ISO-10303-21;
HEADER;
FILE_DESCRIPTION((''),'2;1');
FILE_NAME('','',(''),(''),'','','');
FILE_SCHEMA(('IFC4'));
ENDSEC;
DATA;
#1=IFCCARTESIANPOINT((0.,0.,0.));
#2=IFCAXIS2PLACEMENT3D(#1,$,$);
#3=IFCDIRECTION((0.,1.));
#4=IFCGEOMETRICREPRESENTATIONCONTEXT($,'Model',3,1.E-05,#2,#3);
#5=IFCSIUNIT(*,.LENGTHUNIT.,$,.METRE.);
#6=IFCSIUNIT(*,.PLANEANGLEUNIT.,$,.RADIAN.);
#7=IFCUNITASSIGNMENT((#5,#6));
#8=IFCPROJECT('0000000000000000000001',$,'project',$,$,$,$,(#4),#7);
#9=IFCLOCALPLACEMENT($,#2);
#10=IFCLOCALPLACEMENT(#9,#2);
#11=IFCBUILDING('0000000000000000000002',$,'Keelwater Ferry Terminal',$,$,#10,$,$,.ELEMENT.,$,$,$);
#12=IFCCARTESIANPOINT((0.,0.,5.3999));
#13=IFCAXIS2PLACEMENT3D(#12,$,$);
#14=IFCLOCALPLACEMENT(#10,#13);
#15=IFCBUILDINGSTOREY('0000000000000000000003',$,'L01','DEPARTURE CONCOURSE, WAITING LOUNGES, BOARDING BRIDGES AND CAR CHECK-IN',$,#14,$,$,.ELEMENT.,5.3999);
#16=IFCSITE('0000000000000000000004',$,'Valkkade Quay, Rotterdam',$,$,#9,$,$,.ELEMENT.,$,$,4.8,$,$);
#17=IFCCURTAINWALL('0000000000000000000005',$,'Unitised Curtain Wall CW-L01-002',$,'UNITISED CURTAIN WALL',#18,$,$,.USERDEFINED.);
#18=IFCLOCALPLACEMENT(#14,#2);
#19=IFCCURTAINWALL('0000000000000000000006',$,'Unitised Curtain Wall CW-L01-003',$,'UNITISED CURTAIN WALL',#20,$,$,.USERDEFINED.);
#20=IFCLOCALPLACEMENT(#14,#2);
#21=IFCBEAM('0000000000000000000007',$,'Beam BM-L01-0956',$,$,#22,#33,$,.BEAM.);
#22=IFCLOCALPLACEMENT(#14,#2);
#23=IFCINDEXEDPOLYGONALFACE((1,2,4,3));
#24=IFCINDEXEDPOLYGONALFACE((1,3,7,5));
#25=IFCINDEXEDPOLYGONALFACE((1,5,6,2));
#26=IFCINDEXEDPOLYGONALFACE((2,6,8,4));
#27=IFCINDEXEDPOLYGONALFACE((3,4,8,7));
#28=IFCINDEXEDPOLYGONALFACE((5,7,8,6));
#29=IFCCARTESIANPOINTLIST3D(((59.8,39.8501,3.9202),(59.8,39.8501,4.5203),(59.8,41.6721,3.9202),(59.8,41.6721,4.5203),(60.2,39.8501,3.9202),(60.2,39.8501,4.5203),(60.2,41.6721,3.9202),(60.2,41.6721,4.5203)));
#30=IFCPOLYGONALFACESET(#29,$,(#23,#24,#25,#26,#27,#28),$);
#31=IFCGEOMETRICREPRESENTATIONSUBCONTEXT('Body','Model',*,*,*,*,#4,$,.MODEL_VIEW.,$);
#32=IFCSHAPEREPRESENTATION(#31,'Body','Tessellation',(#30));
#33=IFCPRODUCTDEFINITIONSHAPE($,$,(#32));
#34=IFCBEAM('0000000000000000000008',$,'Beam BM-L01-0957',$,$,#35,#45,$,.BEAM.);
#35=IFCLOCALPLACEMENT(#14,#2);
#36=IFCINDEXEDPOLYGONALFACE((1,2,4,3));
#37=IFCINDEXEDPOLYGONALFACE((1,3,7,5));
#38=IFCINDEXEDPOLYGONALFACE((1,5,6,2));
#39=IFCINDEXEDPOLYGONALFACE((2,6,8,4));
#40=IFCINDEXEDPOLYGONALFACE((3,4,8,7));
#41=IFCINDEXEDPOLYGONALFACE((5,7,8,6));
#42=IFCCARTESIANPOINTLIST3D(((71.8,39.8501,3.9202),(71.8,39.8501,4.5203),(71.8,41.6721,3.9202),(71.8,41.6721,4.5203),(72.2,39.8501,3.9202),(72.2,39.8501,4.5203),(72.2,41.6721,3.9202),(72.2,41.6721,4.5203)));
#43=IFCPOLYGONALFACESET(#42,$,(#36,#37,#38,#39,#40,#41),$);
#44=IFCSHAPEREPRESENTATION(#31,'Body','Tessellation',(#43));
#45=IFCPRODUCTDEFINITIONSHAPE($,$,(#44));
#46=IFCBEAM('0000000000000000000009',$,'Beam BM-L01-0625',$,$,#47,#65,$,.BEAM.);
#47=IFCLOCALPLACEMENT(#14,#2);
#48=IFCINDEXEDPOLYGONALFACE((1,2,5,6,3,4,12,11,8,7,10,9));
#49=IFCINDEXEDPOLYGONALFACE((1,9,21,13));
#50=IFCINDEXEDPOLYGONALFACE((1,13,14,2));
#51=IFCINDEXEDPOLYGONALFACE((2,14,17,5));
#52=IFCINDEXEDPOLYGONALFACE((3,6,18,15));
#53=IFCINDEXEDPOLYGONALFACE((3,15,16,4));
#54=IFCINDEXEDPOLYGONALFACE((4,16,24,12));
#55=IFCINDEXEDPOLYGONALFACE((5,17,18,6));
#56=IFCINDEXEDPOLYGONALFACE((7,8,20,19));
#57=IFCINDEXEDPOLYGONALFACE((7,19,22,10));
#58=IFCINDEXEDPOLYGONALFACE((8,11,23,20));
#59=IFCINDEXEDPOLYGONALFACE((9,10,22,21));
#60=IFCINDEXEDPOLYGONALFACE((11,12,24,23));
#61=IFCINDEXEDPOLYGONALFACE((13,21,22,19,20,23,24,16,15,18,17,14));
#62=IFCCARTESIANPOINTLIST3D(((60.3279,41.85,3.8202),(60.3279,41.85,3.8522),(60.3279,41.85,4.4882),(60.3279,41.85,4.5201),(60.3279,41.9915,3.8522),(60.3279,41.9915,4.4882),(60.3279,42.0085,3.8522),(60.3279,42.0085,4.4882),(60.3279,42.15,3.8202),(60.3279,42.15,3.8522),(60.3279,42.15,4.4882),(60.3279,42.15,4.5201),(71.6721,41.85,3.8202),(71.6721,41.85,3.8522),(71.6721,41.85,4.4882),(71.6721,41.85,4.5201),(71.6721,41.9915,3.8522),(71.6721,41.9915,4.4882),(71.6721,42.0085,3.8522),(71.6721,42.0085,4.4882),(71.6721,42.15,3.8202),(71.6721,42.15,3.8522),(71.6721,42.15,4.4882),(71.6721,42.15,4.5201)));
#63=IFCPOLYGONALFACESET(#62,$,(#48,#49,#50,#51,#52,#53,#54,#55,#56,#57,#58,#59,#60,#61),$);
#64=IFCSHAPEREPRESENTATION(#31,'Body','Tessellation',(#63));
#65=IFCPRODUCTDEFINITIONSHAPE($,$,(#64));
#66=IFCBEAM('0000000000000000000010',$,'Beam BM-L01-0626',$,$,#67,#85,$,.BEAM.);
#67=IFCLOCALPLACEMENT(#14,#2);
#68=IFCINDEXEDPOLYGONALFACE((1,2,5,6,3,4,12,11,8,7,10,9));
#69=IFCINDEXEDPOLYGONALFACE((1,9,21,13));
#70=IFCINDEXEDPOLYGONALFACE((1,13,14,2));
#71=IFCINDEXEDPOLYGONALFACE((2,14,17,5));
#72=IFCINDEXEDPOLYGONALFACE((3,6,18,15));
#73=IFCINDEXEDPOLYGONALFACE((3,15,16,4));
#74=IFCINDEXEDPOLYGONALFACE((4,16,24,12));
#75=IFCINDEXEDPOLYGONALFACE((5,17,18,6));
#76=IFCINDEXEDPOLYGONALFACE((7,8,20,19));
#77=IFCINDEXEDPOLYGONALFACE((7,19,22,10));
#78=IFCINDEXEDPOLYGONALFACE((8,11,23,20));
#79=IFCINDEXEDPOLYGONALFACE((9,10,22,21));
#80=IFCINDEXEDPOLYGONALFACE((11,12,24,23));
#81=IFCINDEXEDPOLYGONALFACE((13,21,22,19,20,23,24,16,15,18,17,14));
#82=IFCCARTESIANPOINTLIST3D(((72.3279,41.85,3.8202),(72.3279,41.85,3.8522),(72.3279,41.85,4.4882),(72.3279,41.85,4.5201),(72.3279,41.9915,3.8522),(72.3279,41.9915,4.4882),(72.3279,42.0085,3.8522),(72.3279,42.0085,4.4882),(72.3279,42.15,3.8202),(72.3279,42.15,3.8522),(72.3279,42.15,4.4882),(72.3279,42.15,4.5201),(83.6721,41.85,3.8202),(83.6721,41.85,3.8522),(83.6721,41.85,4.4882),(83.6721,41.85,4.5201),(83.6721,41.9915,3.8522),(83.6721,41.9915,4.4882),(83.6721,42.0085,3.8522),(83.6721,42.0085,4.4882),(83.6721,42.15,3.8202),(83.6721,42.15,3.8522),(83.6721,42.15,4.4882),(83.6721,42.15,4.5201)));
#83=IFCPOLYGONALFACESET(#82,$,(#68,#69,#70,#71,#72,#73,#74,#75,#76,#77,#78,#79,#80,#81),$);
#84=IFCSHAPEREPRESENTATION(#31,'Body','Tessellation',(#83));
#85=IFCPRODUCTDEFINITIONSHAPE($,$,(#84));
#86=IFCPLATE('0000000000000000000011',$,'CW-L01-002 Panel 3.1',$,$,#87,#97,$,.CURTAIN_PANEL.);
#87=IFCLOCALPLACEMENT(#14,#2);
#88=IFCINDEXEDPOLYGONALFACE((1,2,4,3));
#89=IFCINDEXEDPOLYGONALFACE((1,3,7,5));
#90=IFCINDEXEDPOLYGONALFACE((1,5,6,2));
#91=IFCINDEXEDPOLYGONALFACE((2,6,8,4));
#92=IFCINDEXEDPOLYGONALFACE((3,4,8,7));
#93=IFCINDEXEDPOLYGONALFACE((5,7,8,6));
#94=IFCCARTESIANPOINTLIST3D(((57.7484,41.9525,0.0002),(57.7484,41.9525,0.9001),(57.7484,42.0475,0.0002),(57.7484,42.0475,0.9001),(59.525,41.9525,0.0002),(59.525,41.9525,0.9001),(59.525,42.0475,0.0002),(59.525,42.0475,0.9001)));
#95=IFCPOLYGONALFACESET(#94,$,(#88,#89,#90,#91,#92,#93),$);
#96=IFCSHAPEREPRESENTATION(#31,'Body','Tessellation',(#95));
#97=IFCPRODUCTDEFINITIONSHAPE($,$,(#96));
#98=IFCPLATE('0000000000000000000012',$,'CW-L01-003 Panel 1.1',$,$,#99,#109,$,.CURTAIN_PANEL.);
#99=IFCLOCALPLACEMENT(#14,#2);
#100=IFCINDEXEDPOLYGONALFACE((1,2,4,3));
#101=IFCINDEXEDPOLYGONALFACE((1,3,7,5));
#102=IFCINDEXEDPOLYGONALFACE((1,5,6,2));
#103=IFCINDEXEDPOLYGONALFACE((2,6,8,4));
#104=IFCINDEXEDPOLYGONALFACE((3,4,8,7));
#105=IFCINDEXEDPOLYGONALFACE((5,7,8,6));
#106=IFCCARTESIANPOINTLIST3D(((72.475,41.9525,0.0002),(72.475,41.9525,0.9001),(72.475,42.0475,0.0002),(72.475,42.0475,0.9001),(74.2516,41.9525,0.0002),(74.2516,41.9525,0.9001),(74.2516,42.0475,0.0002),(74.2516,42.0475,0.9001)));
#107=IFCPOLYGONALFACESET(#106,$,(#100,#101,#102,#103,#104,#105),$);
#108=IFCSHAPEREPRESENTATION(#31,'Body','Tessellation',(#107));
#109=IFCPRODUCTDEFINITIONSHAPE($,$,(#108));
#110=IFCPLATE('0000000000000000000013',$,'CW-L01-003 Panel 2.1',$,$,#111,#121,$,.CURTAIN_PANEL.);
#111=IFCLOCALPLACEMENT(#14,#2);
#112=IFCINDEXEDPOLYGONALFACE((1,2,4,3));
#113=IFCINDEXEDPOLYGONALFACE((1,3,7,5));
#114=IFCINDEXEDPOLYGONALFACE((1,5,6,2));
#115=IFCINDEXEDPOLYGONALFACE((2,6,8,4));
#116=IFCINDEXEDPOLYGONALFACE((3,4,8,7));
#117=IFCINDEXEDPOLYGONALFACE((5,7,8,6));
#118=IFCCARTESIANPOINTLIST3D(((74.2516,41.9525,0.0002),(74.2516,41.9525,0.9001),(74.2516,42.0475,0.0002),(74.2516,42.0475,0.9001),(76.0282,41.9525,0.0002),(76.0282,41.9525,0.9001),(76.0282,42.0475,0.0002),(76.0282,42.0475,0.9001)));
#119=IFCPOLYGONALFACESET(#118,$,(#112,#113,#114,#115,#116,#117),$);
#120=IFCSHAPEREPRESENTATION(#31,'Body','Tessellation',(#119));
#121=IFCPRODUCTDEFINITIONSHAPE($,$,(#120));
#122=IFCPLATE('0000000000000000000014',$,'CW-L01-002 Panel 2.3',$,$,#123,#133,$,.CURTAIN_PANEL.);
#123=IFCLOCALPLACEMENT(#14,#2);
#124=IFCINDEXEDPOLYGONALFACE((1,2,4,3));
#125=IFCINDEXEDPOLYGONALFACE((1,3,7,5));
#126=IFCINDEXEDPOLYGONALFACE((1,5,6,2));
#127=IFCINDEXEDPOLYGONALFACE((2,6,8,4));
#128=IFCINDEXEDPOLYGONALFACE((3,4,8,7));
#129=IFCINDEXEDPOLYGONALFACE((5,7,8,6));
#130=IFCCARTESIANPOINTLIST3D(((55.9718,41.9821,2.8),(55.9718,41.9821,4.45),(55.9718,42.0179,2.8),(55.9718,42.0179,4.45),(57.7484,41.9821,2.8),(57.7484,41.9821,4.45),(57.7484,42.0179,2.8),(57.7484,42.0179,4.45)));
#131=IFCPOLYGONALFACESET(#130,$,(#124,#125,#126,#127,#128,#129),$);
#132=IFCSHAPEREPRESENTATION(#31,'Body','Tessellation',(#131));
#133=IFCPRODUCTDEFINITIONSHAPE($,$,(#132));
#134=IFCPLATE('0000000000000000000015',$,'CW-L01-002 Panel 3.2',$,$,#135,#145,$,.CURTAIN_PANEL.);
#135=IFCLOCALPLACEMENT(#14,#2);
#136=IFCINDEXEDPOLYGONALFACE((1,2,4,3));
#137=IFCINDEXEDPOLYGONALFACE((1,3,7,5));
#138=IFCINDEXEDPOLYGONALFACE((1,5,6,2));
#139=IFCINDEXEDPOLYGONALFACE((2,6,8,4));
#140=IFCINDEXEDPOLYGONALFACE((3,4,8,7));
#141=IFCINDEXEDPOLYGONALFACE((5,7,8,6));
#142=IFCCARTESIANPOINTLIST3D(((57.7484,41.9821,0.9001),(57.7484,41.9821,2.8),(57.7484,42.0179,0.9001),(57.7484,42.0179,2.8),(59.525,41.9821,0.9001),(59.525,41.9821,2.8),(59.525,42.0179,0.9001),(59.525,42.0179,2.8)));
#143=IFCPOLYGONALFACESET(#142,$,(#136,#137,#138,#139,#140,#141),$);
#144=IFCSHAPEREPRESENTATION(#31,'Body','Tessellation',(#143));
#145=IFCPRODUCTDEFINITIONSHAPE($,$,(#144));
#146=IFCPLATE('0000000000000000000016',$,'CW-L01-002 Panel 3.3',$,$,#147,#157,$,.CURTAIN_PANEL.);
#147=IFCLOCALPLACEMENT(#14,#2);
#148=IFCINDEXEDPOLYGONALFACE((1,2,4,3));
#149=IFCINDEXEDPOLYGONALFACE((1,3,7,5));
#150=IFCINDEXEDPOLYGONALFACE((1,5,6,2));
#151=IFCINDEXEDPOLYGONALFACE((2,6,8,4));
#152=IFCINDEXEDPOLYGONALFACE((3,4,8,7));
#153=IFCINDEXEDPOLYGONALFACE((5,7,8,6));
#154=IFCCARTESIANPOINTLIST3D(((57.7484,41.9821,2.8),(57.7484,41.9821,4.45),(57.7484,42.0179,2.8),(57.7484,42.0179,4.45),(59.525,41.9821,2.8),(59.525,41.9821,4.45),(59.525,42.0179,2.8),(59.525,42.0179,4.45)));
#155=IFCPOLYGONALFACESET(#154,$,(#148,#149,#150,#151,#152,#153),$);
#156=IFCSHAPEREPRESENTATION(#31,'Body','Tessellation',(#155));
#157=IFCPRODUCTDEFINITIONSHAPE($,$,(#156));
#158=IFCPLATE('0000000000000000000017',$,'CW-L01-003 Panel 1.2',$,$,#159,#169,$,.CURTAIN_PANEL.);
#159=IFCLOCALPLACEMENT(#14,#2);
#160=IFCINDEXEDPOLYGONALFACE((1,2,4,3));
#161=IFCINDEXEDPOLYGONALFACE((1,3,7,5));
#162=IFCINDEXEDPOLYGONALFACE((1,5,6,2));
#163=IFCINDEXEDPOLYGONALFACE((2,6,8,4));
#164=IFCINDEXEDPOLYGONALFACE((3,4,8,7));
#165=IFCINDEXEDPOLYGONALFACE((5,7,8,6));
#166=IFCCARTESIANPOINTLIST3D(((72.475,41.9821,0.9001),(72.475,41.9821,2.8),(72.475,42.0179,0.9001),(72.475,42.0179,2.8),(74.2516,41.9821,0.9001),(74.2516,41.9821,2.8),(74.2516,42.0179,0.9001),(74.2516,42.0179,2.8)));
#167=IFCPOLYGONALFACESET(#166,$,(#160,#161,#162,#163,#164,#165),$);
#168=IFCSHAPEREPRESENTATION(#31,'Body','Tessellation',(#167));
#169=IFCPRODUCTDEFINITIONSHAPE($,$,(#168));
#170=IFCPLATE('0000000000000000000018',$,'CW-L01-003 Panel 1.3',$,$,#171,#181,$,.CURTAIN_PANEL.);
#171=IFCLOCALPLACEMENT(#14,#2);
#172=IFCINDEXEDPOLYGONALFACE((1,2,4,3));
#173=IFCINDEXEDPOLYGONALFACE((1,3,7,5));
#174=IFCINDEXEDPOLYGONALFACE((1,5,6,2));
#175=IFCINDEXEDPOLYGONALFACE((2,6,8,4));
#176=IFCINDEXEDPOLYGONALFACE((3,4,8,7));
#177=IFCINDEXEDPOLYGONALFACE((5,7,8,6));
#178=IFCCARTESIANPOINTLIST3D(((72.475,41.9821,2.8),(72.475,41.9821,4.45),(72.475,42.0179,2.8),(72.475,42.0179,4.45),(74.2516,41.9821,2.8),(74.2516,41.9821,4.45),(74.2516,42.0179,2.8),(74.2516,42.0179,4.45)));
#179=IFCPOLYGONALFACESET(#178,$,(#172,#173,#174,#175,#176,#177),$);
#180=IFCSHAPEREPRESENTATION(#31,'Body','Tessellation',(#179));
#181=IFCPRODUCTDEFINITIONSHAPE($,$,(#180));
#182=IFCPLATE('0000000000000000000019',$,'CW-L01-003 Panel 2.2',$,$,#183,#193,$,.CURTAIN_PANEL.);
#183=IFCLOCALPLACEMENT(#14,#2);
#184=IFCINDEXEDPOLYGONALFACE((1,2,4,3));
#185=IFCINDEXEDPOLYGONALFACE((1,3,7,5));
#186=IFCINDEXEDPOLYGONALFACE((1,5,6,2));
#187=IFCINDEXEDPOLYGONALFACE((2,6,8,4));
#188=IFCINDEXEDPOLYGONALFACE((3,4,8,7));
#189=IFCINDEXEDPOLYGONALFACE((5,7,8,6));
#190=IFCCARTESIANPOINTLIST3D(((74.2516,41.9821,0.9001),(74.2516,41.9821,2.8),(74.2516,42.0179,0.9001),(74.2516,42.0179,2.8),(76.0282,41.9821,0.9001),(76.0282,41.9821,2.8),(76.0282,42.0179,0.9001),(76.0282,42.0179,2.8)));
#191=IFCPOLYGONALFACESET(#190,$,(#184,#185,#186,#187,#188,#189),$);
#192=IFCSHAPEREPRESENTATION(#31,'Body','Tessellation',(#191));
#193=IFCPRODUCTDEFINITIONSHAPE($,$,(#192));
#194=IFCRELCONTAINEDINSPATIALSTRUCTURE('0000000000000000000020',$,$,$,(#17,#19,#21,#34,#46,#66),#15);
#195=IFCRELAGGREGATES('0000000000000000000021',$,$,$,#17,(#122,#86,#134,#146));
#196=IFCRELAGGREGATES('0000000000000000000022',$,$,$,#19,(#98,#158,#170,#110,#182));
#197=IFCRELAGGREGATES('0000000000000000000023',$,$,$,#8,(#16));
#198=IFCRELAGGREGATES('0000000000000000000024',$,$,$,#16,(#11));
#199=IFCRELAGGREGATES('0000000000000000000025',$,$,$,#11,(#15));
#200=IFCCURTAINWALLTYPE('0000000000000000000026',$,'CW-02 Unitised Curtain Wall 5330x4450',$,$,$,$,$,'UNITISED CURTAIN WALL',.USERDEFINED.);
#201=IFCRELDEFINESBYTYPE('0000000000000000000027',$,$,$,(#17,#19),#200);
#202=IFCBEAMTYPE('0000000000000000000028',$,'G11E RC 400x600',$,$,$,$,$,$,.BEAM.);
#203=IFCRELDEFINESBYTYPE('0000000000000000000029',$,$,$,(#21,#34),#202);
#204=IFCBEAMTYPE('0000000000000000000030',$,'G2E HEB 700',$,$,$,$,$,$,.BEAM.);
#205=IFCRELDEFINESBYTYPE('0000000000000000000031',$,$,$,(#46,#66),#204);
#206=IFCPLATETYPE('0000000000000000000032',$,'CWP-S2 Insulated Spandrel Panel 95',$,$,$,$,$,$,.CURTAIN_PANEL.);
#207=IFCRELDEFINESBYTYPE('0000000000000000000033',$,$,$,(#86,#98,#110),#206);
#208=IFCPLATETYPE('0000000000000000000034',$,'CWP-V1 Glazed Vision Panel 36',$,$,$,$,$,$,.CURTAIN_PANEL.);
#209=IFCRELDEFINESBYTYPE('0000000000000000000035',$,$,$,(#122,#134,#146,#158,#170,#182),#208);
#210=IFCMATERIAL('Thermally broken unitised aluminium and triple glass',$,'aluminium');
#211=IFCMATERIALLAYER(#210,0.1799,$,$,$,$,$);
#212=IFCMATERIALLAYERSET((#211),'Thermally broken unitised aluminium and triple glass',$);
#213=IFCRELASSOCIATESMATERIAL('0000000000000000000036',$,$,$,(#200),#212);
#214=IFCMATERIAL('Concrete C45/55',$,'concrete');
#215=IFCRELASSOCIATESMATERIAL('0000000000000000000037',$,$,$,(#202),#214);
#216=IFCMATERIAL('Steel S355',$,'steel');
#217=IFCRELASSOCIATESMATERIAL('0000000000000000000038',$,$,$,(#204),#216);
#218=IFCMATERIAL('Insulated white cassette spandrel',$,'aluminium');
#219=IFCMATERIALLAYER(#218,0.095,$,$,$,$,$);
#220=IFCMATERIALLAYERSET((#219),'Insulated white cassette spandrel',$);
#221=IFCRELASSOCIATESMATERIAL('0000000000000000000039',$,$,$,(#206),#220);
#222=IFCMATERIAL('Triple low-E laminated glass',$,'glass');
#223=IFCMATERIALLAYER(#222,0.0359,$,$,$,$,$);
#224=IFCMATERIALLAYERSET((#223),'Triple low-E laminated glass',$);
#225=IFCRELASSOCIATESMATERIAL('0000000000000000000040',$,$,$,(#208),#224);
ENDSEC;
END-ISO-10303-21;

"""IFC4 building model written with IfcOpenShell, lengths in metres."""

from ifc_helpers import new_model, si_unit, direction, frame, origin, origin_2d, place, context, subcontext, project, spatial, rectangle, i_section, extrude, material, layer, layer_set, material_profile, profile_set, type_object, element, aggregate, save


model = new_model("IFC4")

# Units and contexts
model_context = context("Model", 3, precision=1e-05, world=origin(), true_north=direction((0.0, 1.0)))
body_context = subcontext(model_context, "Body", "Model", "MODEL_VIEW")
ifc_project = project(units=[si_unit("LENGTHUNIT", "METRE"), si_unit("PLANEANGLEUNIT", "RADIAN")], contexts=[model_context])

# Site, building, storey
site_placement = place(None, origin())
site = spatial("IfcSite", under=ifc_project, at=site_placement, Name="Valkkade Quay, Rotterdam", CompositionType="ELEMENT", RefElevation=4.8)
building_placement = place(site_placement, origin())
building = spatial("IfcBuilding", under=site, at=building_placement, Name="Keelwater Ferry Terminal", CompositionType="ELEMENT")
storey_placement = place(building_placement, frame((0.0, 0.0, 5.3999)))
storey = spatial("IfcBuildingStorey", under=building, at=storey_placement, Name="L01", Description="DEPARTURE CONCOURSE, WAITING LOUNGES, BOARDING BRIDGES AND CAR CHECK-IN", CompositionType="ELEMENT", Elevation=5.3999)

# Curtain walls
ifc_material_1 = material(Name="Thermally broken unitised aluminium and triple glass", Category="aluminium")
ifc_layer_1 = layer(ifc_material_1, 0.1799)
ifc_layer_set_1 = layer_set([ifc_layer_1], Name="Thermally broken unitised aluminium and triple glass")
curtain_wall_type = type_object("IfcCurtainWallType", Name="CW-02 Unitised Curtain Wall 5330x4450", ElementType="UNITISED CURTAIN WALL", PredefinedType="USERDEFINED", material=ifc_layer_set_1)
curtain_wall_1_placement = place(storey_placement, origin())
curtain_wall_1 = element("IfcCurtainWall", 1, at=curtain_wall_1_placement, inside=storey, type_object=curtain_wall_type, Name="Unitised Curtain Wall CW-L01-002", ObjectType="UNITISED CURTAIN WALL", PredefinedType="USERDEFINED")
curtain_wall_2_placement = place(storey_placement, origin())
curtain_wall_2 = element("IfcCurtainWall", 2, at=curtain_wall_2_placement, inside=storey, type_object=curtain_wall_type, Name="Unitised Curtain Wall CW-L01-003", ObjectType="UNITISED CURTAIN WALL", PredefinedType="USERDEFINED")

# Beams
ifc_material_2 = material(Name="Concrete C45/55", Category="concrete")
ifc_material_profile_1 = material_profile(ifc_material_2, rectangle(XDim=0.3999, YDim=0.6001, at=origin_2d()), Name="RC 400x600")
ifc_profile_set_1 = profile_set([ifc_material_profile_1], Name="Concrete C45/55")
beam_type_1 = type_object("IfcBeamType", Name="G11E RC 400x600", PredefinedType="BEAM", material=ifc_profile_set_1)
for number, where, z_axis, x_axis, name in (
    (3, (60.0, 41.6721, 4.2202), (0.0, -1.0, 0.0), (1.0, 0.0, 0.0), "Beam BM-L01-0956"),
    (4, (72.0, 41.6721, 4.2202), (0.0, -1.0, 0.0), (1.0, 0.0, 0.0), "Beam BM-L01-0957"),
):
    element("IfcBeam", number, at=place(storey_placement, frame(where, z_axis=z_axis, x_axis=x_axis)), inside=storey, type_object=beam_type_1, Name=name, PredefinedType="BEAM", context=body_context, shape_type="SweptSolid", body=[
        extrude(rectangle(XDim=0.3999, YDim=0.6001, at=origin_2d()), origin(), (0.0, 0.0, 1.0), 1.822),
    ])
ifc_material_3 = material(Name="Steel S355", Category="steel")
ifc_material_profile_2 = material_profile(ifc_material_3, i_section(OverallWidth=0.3, OverallDepth=0.7, WebThickness=0.0171, FlangeThickness=0.032, at=origin_2d()), Name="HEB 700")
ifc_profile_set_2 = profile_set([ifc_material_profile_2], Name="Steel S355")
beam_type_2 = type_object("IfcBeamType", Name="G2E HEB 700", PredefinedType="BEAM", material=ifc_profile_set_2)
for number, where, z_axis, x_axis, name in (
    (5, (60.3279, 42.0, 4.1702), (1.0, 0.0, 0.0), (0.0, 1.0, 0.0), "Beam BM-L01-0625"),
    (6, (72.3279, 42.0, 4.1702), (1.0, 0.0, 0.0), (0.0, 1.0, 0.0), "Beam BM-L01-0626"),
):
    element("IfcBeam", number, at=place(storey_placement, frame(where, z_axis=z_axis, x_axis=x_axis)), inside=storey, type_object=beam_type_2, Name=name, PredefinedType="BEAM", context=body_context, shape_type="SweptSolid", body=[
        extrude(i_section(OverallWidth=0.3, OverallDepth=0.7, WebThickness=0.0171, FlangeThickness=0.032, at=origin_2d()), origin(), (0.0, 0.0, 1.0), 11.3442),
    ])

# Plates
ifc_material_4 = material(Name="Insulated white cassette spandrel", Category="aluminium")
ifc_layer_2 = layer(ifc_material_4, 0.095)
ifc_layer_set_2 = layer_set([ifc_layer_2], Name="Insulated white cassette spandrel")
plate_type_1 = type_object("IfcPlateType", Name="CWP-S2 Insulated Spandrel Panel 95", PredefinedType="CURTAIN_PANEL", material=ifc_layer_set_2)
plate_1_placement = place(storey_placement, frame((58.6367, 42.0, 0.0002), z_axis=(0.0, 0.0, 1.0), x_axis=(1.0, 0.0, 0.0)))
plate_1 = element("IfcPlate", 7, at=plate_1_placement, type_object=plate_type_1, Name="CW-L01-002 Panel 3.1", PredefinedType="CURTAIN_PANEL", context=body_context, shape_type="SweptSolid", body=[
    extrude(rectangle(XDim=1.7766, YDim=0.095, at=origin_2d()), origin(), (0.0, 0.0, 1.0), 0.8999),
])
plate_2_placement = place(storey_placement, frame((73.3633, 42.0, 0.0002), z_axis=(0.0, 0.0, 1.0), x_axis=(1.0, 0.0, 0.0)))
plate_2 = element("IfcPlate", 8, at=plate_2_placement, type_object=plate_type_1, Name="CW-L01-003 Panel 1.1", PredefinedType="CURTAIN_PANEL", context=body_context, shape_type="SweptSolid", body=[
    extrude(rectangle(XDim=1.7766, YDim=0.095, at=origin_2d()), origin(), (0.0, 0.0, 1.0), 0.8999),
])
plate_3_placement = place(storey_placement, frame((75.1399, 42.0, 0.0002), z_axis=(0.0, 0.0, 1.0), x_axis=(1.0, 0.0, 0.0)))
plate_3 = element("IfcPlate", 9, at=plate_3_placement, type_object=plate_type_1, Name="CW-L01-003 Panel 2.1", PredefinedType="CURTAIN_PANEL", context=body_context, shape_type="SweptSolid", body=[
    extrude(rectangle(XDim=1.7766, YDim=0.095, at=origin_2d()), origin(), (0.0, 0.0, 1.0), 0.8999),
])
ifc_material_5 = material(Name="Triple low-E laminated glass", Category="glass")
ifc_layer_3 = layer(ifc_material_5, 0.0359)
ifc_layer_set_3 = layer_set([ifc_layer_3], Name="Triple low-E laminated glass")
plate_type_2 = type_object("IfcPlateType", Name="CWP-V1 Glazed Vision Panel 36", PredefinedType="CURTAIN_PANEL", material=ifc_layer_set_3)
plate_4_placement = place(storey_placement, frame((56.8601, 42.0, 2.8), z_axis=(0.0, 0.0, 1.0), x_axis=(1.0, 0.0, 0.0)))
plate_4 = element("IfcPlate", 10, at=plate_4_placement, type_object=plate_type_2, Name="CW-L01-002 Panel 2.3", PredefinedType="CURTAIN_PANEL", context=body_context, shape_type="SweptSolid", body=[
    extrude(rectangle(XDim=1.7766, YDim=0.0359, at=origin_2d()), origin(), (0.0, 0.0, 1.0), 1.6499),
])
plate_5_placement = place(storey_placement, frame((58.6367, 42.0, 0.9001), z_axis=(0.0, 0.0, 1.0), x_axis=(1.0, 0.0, 0.0)))
plate_5 = element("IfcPlate", 11, at=plate_5_placement, type_object=plate_type_2, Name="CW-L01-002 Panel 3.2", PredefinedType="CURTAIN_PANEL", context=body_context, shape_type="SweptSolid", body=[
    extrude(rectangle(XDim=1.7766, YDim=0.0359, at=origin_2d()), origin(), (0.0, 0.0, 1.0), 1.8999),
])
plate_6_placement = place(storey_placement, frame((58.6367, 42.0, 2.8), z_axis=(0.0, 0.0, 1.0), x_axis=(1.0, 0.0, 0.0)))
plate_6 = element("IfcPlate", 12, at=plate_6_placement, type_object=plate_type_2, Name="CW-L01-002 Panel 3.3", PredefinedType="CURTAIN_PANEL", context=body_context, shape_type="SweptSolid", body=[
    extrude(rectangle(XDim=1.7766, YDim=0.0359, at=origin_2d()), origin(), (0.0, 0.0, 1.0), 1.6499),
])
aggregate(curtain_wall_1, [plate_4, plate_1, plate_5, plate_6])
plate_7_placement = place(storey_placement, frame((73.3633, 42.0, 0.9001), z_axis=(0.0, 0.0, 1.0), x_axis=(1.0, 0.0, 0.0)))
plate_7 = element("IfcPlate", 13, at=plate_7_placement, type_object=plate_type_2, Name="CW-L01-003 Panel 1.2", PredefinedType="CURTAIN_PANEL", context=body_context, shape_type="SweptSolid", body=[
    extrude(rectangle(XDim=1.7766, YDim=0.0359, at=origin_2d()), origin(), (0.0, 0.0, 1.0), 1.8999),
])
plate_8_placement = place(storey_placement, frame((73.3633, 42.0, 2.8), z_axis=(0.0, 0.0, 1.0), x_axis=(1.0, 0.0, 0.0)))
plate_8 = element("IfcPlate", 14, at=plate_8_placement, type_object=plate_type_2, Name="CW-L01-003 Panel 1.3", PredefinedType="CURTAIN_PANEL", context=body_context, shape_type="SweptSolid", body=[
    extrude(rectangle(XDim=1.7766, YDim=0.0359, at=origin_2d()), origin(), (0.0, 0.0, 1.0), 1.6499),
])
plate_9_placement = place(storey_placement, frame((75.1399, 42.0, 0.9001), z_axis=(0.0, 0.0, 1.0), x_axis=(1.0, 0.0, 0.0)))
plate_9 = element("IfcPlate", 15, at=plate_9_placement, type_object=plate_type_2, Name="CW-L01-003 Panel 2.2", PredefinedType="CURTAIN_PANEL", context=body_context, shape_type="SweptSolid", body=[
    extrude(rectangle(XDim=1.7766, YDim=0.0359, at=origin_2d()), origin(), (0.0, 0.0, 1.0), 1.8999),
])
aggregate(curtain_wall_2, [plate_2, plate_7, plate_8, plate_3, plate_9])

save(model, "model.ifc")
